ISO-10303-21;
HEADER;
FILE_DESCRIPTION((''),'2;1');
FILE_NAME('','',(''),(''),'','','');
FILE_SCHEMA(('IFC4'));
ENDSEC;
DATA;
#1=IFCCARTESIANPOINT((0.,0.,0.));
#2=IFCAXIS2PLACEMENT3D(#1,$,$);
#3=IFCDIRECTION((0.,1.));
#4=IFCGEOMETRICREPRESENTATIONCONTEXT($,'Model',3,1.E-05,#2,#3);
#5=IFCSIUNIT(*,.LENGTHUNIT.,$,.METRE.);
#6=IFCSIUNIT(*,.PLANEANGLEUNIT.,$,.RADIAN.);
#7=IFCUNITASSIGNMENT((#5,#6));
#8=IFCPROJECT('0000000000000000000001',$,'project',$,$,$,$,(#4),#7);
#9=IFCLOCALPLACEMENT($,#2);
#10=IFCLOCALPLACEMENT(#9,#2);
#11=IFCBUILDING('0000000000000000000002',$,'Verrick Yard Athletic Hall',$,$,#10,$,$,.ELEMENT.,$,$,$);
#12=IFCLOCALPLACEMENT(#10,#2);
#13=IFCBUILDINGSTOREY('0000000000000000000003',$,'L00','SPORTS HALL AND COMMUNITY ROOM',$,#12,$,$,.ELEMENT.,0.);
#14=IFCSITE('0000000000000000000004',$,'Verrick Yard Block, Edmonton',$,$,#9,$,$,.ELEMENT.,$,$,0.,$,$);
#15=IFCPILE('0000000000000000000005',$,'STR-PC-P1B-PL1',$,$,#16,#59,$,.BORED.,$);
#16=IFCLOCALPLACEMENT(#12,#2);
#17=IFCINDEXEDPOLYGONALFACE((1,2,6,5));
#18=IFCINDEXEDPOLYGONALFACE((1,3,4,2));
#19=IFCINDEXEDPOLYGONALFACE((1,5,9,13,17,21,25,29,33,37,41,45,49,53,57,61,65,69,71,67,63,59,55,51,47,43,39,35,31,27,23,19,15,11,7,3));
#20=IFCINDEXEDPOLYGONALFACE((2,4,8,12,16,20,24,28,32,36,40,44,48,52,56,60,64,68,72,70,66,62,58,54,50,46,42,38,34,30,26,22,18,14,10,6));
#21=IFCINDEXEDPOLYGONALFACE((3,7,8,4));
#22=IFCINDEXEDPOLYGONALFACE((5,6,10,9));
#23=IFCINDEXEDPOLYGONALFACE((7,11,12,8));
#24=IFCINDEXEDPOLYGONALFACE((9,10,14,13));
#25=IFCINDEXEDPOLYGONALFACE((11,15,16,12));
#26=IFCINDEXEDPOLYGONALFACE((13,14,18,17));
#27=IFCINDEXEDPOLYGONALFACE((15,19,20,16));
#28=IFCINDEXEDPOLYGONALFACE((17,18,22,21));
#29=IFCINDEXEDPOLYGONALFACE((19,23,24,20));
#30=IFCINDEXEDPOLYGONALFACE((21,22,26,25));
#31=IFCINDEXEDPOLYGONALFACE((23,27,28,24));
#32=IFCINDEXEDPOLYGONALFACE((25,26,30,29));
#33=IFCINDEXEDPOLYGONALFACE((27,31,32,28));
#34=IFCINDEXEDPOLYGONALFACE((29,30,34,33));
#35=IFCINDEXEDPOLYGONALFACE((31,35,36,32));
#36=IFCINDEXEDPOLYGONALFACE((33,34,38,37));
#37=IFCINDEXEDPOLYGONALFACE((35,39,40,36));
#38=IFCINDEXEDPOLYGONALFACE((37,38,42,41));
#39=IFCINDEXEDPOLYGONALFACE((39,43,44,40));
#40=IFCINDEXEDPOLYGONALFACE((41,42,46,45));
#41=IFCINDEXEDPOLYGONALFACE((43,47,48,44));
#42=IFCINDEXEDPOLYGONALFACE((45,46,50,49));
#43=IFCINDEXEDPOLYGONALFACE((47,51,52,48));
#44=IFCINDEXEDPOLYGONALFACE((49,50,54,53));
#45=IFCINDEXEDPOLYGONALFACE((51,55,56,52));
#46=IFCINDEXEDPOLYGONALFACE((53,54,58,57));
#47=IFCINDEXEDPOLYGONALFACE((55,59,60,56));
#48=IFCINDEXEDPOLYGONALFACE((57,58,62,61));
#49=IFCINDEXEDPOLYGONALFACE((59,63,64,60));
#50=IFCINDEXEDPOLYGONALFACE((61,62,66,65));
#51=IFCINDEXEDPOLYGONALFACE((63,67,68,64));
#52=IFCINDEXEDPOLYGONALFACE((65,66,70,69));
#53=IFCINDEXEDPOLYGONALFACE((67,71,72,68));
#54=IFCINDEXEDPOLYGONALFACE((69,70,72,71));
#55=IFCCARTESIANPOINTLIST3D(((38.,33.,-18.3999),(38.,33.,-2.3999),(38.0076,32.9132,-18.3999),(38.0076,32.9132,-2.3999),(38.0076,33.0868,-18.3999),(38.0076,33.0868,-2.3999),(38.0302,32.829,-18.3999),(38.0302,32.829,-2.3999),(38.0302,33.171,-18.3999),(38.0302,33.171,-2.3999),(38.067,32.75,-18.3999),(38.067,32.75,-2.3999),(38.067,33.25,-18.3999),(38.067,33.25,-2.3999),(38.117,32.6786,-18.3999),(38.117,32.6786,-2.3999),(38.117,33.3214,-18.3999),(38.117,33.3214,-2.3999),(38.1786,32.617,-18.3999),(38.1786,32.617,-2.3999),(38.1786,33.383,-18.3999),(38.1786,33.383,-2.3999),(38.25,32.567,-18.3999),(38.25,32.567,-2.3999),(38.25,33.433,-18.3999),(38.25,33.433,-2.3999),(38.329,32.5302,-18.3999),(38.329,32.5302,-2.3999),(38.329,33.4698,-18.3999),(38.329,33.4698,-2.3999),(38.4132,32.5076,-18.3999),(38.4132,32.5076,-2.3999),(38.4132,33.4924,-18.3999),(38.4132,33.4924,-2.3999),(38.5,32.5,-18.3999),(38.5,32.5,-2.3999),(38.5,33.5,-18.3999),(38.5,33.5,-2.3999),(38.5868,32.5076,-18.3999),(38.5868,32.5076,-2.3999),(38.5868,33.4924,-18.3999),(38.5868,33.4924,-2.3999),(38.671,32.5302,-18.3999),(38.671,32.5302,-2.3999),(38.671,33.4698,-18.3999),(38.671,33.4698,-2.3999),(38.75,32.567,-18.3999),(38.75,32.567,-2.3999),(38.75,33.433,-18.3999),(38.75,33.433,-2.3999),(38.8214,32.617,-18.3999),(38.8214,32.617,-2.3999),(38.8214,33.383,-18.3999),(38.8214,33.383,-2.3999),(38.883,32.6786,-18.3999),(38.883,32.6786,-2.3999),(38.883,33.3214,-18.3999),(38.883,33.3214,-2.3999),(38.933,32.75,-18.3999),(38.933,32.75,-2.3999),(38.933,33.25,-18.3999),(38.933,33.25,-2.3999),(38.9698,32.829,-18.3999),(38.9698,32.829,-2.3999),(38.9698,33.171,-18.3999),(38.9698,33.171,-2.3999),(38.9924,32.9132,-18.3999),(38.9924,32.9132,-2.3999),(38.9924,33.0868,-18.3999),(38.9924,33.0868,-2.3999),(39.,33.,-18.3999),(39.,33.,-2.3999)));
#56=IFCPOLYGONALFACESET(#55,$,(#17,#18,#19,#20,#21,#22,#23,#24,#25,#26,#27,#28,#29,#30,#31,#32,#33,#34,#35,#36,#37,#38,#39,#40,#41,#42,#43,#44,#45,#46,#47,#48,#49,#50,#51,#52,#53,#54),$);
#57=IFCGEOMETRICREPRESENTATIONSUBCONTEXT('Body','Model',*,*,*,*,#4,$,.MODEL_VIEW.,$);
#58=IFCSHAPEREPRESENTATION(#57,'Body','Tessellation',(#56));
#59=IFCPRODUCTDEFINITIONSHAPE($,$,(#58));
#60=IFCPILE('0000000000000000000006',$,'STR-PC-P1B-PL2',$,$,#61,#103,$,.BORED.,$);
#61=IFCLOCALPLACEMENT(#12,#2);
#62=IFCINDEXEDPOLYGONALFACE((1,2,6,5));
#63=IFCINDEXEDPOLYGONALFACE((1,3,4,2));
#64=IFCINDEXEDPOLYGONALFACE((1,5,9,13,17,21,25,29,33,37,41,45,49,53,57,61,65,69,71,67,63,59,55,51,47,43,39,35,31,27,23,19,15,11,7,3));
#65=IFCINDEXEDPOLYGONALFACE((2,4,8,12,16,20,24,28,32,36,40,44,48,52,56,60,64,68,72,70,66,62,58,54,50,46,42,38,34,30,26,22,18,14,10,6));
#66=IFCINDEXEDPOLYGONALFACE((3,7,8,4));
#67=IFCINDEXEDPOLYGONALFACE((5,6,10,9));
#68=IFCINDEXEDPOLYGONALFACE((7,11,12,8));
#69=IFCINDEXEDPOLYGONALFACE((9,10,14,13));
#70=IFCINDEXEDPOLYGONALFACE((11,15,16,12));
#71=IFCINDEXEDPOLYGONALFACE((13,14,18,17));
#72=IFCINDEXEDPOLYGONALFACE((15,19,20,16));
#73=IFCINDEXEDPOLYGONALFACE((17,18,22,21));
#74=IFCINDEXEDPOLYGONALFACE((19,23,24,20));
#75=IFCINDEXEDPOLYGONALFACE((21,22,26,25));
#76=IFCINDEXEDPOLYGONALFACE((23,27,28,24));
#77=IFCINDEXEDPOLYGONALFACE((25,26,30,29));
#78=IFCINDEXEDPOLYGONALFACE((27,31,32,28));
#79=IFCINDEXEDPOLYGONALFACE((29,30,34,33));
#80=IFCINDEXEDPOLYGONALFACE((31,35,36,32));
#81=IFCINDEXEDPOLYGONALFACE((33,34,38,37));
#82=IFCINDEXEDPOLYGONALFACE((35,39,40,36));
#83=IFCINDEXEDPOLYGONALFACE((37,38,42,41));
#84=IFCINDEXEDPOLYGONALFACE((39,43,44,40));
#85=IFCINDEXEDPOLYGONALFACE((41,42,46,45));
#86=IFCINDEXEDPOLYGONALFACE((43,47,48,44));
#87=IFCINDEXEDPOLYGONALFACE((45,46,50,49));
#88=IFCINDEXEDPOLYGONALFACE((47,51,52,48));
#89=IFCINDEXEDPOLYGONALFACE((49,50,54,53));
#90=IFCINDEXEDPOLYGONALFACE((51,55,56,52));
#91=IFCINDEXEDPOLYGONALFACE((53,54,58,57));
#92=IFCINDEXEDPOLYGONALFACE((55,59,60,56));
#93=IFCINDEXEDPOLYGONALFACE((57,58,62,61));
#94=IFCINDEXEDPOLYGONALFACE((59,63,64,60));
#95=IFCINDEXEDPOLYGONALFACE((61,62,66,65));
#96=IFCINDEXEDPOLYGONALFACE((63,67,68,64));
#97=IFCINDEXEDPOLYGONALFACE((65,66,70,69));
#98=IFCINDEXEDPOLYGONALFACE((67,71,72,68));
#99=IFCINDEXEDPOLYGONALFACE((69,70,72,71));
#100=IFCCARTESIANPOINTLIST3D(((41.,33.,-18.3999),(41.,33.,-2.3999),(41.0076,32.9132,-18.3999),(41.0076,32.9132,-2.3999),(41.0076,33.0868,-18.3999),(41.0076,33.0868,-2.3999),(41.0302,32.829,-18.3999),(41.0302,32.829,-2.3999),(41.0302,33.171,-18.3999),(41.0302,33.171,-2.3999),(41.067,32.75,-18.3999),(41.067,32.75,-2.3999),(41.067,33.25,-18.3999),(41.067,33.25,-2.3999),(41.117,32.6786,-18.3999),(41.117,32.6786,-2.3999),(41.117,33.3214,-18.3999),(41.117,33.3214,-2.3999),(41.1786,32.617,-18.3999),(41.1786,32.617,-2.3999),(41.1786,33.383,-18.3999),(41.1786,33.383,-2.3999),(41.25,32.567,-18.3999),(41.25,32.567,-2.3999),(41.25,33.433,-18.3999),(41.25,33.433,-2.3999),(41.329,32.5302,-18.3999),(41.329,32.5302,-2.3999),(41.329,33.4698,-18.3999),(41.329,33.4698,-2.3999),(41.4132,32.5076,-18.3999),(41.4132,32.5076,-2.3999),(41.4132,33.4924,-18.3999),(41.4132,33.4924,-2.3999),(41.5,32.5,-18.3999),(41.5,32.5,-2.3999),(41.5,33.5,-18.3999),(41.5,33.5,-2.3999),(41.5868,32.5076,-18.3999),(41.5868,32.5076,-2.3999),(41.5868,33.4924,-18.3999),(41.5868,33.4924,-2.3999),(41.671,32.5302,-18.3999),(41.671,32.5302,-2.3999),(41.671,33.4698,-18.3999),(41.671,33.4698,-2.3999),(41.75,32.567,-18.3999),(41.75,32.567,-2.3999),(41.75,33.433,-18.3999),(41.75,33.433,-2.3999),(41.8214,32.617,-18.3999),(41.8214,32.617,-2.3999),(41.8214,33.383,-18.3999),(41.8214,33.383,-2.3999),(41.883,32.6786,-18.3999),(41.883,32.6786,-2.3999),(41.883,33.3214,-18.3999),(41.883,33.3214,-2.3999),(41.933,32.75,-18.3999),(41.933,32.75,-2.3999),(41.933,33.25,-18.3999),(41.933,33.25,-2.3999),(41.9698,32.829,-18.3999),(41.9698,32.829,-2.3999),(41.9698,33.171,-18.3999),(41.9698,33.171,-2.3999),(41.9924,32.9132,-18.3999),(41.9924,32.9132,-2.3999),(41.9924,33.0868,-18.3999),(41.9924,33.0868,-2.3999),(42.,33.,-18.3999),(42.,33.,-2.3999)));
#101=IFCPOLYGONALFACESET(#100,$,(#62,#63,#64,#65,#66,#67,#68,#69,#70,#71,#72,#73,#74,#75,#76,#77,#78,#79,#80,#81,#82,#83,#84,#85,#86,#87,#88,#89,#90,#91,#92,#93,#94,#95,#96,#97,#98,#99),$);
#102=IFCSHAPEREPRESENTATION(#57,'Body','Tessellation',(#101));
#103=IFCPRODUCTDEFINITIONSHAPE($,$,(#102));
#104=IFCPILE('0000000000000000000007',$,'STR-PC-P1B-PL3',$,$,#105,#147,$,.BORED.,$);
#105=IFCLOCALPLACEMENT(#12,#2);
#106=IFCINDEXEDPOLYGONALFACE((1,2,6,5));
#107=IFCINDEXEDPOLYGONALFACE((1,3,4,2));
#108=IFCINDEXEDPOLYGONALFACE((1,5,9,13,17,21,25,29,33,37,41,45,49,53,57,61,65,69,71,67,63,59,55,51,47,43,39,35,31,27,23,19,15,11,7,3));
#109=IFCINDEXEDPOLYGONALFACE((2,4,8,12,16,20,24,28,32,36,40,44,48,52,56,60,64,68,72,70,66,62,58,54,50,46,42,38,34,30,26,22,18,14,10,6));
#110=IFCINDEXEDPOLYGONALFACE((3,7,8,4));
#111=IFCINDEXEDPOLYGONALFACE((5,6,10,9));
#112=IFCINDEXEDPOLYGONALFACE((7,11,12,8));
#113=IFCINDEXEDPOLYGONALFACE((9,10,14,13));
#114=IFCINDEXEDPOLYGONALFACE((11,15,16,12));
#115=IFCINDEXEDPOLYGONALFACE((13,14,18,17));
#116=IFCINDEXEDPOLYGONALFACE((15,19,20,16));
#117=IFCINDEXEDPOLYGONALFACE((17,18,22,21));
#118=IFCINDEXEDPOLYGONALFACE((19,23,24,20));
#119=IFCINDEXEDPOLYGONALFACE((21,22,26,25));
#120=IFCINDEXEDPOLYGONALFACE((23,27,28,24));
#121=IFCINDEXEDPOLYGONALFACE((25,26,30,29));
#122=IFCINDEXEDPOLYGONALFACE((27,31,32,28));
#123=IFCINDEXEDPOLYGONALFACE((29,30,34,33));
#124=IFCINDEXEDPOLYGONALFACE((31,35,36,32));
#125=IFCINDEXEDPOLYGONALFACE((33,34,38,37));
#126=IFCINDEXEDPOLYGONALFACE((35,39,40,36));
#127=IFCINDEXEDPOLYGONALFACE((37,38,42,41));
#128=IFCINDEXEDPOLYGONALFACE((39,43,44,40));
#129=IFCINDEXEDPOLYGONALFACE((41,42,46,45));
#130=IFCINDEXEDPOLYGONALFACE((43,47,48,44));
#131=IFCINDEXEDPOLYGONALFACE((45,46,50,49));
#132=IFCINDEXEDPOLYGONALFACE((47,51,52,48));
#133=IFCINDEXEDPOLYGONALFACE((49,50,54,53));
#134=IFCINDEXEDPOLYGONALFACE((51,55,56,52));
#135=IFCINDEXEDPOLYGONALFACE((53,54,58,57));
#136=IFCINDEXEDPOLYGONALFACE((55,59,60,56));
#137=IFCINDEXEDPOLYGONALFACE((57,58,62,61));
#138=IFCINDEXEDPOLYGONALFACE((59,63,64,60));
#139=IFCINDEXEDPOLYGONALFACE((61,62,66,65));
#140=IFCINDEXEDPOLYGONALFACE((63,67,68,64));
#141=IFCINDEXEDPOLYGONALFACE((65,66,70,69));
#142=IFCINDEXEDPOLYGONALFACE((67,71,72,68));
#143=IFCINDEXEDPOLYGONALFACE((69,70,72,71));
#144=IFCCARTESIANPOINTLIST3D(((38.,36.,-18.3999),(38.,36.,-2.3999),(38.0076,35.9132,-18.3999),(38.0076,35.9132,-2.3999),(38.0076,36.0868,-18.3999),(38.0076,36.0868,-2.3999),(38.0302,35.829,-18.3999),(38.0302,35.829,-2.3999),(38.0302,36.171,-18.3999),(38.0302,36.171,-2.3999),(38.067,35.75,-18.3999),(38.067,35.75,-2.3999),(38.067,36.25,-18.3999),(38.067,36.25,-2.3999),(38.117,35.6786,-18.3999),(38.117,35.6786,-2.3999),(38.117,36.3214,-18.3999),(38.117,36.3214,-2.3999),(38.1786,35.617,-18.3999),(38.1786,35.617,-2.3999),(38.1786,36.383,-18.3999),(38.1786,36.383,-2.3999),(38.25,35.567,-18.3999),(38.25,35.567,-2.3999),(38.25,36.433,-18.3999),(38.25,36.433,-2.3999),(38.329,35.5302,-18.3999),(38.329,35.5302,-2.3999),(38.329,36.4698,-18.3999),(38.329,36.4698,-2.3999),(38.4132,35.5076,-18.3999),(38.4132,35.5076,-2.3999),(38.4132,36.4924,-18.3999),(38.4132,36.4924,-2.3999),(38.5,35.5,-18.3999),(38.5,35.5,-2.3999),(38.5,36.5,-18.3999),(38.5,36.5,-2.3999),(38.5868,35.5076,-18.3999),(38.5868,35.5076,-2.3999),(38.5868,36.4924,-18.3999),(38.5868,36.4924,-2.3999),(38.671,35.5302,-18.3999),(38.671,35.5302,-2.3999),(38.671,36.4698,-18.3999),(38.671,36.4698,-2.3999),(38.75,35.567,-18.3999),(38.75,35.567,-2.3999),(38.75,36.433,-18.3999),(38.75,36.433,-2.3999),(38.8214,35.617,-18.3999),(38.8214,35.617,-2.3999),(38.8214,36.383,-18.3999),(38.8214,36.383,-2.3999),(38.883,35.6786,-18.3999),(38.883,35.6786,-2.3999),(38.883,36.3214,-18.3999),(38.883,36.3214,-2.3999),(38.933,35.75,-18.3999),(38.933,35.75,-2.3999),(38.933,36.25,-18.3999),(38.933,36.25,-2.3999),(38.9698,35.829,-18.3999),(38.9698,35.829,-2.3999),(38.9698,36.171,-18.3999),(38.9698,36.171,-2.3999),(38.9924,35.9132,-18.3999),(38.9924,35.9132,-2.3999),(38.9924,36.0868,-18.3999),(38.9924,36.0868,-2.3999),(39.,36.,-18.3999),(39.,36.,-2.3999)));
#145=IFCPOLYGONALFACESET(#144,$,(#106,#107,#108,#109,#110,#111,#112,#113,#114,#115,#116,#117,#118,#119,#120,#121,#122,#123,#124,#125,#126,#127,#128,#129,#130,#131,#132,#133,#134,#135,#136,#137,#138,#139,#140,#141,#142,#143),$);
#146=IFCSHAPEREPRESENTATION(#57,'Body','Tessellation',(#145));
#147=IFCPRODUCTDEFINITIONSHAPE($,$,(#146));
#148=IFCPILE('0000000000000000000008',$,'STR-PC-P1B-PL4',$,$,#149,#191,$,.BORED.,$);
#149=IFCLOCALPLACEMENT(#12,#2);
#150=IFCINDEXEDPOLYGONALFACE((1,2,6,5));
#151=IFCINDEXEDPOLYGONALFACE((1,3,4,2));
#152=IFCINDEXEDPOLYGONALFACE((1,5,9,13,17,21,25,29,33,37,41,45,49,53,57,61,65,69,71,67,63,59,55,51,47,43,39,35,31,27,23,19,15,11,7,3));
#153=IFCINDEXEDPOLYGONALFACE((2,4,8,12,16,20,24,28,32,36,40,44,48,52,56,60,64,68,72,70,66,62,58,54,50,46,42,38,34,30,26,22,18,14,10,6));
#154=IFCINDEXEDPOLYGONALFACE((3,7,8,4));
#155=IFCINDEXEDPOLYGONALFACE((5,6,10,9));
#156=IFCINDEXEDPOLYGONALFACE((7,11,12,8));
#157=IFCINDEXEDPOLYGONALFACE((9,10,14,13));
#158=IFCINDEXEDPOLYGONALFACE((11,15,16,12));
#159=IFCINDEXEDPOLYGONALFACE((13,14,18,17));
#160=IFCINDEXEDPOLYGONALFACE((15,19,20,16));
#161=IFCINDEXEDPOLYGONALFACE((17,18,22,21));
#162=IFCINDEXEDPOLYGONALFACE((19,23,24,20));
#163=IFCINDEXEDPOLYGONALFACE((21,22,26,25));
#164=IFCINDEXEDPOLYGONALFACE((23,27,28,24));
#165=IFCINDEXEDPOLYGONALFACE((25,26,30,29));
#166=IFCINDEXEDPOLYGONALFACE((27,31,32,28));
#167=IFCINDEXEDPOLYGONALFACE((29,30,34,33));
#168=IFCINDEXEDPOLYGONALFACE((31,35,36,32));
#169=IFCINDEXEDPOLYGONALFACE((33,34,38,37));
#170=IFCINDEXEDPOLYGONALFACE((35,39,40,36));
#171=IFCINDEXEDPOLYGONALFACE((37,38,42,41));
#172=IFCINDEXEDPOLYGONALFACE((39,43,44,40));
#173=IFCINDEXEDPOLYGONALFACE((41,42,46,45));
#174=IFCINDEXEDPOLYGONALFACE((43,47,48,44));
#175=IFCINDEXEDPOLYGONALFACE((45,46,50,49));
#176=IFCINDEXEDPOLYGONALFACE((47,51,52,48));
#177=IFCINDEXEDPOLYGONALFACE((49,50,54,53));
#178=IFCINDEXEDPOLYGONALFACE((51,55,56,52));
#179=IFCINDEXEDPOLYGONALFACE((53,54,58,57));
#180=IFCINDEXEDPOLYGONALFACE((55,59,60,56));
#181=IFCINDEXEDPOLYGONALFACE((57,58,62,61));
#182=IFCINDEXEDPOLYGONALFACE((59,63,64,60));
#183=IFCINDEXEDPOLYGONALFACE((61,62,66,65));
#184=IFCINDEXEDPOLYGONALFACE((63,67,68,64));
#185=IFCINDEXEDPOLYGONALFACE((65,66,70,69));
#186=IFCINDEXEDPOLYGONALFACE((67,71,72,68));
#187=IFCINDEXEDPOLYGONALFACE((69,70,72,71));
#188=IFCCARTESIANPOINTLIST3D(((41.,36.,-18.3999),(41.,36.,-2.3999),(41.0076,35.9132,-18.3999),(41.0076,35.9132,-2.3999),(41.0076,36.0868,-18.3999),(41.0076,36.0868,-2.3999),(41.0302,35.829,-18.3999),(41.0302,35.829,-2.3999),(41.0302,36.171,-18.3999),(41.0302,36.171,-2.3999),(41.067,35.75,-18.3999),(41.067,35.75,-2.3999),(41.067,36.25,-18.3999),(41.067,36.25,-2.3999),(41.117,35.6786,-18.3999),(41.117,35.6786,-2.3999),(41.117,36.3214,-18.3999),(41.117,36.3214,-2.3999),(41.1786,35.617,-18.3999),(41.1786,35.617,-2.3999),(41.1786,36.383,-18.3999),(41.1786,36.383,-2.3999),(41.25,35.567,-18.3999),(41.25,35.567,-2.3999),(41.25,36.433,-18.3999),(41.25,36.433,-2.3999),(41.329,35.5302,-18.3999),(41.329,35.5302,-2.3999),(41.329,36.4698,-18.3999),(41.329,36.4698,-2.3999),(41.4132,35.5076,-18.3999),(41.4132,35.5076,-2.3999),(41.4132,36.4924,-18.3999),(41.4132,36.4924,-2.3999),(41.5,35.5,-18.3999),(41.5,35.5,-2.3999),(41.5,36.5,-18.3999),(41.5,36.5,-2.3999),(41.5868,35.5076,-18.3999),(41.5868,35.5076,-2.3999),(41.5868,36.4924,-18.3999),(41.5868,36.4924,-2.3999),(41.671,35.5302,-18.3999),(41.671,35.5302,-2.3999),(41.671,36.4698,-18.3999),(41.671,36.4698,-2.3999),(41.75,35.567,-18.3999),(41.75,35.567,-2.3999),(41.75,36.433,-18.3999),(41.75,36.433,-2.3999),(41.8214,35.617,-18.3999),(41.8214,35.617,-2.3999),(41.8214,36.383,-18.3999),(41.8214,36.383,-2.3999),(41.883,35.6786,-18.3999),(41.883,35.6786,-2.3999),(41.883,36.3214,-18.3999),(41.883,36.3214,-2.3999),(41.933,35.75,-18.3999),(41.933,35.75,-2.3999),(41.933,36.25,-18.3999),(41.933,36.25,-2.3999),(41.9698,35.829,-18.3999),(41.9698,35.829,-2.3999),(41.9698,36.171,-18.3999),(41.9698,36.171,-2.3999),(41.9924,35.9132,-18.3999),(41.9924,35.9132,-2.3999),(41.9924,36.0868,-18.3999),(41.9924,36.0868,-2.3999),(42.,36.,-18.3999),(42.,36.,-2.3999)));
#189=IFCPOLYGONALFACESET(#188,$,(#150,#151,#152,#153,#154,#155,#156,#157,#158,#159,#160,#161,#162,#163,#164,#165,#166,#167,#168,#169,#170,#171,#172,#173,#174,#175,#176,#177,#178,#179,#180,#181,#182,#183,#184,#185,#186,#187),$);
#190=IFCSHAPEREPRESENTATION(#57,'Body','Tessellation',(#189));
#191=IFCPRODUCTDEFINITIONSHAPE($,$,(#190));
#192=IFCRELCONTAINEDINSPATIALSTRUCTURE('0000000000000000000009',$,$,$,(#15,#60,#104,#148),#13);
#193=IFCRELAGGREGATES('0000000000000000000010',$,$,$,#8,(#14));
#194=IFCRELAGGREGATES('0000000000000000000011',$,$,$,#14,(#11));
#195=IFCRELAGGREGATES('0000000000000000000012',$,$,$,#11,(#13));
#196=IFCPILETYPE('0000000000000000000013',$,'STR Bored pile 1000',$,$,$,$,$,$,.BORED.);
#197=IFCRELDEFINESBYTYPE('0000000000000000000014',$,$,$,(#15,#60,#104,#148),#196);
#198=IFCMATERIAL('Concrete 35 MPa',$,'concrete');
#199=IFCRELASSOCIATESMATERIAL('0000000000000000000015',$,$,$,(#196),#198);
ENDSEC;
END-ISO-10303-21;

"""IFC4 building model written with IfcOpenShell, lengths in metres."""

from ifc_helpers import new_model, si_unit, direction, frame, origin, origin_2d, place, context, subcontext, project, spatial, circle, extrude, material, type_object, element, save


model = new_model("IFC4")

# Units and contexts
model_context = context("Model", 3, precision=1e-05, world=origin(), true_north=direction((0.0, 1.0)))
body_context = subcontext(model_context, "Body", "Model", "MODEL_VIEW")
ifc_project = project(units=[si_unit("LENGTHUNIT", "METRE"), si_unit("PLANEANGLEUNIT", "RADIAN")], contexts=[model_context])

# Site, building, storey
site_placement = place(None, origin())
site = spatial("IfcSite", under=ifc_project, at=site_placement, Name="Verrick Yard Block, Edmonton", CompositionType="ELEMENT", RefElevation=0.0)
building_placement = place(site_placement, origin())
building = spatial("IfcBuilding", under=site, at=building_placement, Name="Verrick Yard Athletic Hall", CompositionType="ELEMENT")
storey_placement = place(building_placement, origin())
storey = spatial("IfcBuildingStorey", under=building, at=storey_placement, Name="L00", Description="SPORTS HALL AND COMMUNITY ROOM", CompositionType="ELEMENT", Elevation=0.0)

# Piles
ifc_material_1 = material(Name="Concrete 35 MPa", Category="concrete")
pile_type = type_object("IfcPileType", Name="STR Bored pile 1000", PredefinedType="BORED", material=ifc_material_1)
for number, where, z_axis, x_axis, name in (
    (1, (38.5, 33.0, -2.3999), (0.0, 0.0, -1.0), (1.0, 0.0, 0.0), "STR-PC-P1B-PL1"),
    (2, (41.5, 33.0, -2.3999), (0.0, 0.0, -1.0), (1.0, 0.0, 0.0), "STR-PC-P1B-PL2"),
    (3, (38.5, 36.0, -2.3999), (0.0, 0.0, -1.0), (1.0, 0.0, 0.0), "STR-PC-P1B-PL3"),
    (4, (41.5, 36.0, -2.3999), (0.0, 0.0, -1.0), (1.0, 0.0, 0.0), "STR-PC-P1B-PL4"),
):
    element("IfcPile", number, at=place(storey_placement, frame(where, z_axis=z_axis, x_axis=x_axis)), inside=storey, type_object=pile_type, Name=name, PredefinedType="BORED", context=body_context, shape_type="SweptSolid", body=[
        extrude(circle(Radius=0.5, at=origin_2d()), origin(), (0.0, 0.0, 1.0), 16.0),
    ])

save(model, "model.ifc")
